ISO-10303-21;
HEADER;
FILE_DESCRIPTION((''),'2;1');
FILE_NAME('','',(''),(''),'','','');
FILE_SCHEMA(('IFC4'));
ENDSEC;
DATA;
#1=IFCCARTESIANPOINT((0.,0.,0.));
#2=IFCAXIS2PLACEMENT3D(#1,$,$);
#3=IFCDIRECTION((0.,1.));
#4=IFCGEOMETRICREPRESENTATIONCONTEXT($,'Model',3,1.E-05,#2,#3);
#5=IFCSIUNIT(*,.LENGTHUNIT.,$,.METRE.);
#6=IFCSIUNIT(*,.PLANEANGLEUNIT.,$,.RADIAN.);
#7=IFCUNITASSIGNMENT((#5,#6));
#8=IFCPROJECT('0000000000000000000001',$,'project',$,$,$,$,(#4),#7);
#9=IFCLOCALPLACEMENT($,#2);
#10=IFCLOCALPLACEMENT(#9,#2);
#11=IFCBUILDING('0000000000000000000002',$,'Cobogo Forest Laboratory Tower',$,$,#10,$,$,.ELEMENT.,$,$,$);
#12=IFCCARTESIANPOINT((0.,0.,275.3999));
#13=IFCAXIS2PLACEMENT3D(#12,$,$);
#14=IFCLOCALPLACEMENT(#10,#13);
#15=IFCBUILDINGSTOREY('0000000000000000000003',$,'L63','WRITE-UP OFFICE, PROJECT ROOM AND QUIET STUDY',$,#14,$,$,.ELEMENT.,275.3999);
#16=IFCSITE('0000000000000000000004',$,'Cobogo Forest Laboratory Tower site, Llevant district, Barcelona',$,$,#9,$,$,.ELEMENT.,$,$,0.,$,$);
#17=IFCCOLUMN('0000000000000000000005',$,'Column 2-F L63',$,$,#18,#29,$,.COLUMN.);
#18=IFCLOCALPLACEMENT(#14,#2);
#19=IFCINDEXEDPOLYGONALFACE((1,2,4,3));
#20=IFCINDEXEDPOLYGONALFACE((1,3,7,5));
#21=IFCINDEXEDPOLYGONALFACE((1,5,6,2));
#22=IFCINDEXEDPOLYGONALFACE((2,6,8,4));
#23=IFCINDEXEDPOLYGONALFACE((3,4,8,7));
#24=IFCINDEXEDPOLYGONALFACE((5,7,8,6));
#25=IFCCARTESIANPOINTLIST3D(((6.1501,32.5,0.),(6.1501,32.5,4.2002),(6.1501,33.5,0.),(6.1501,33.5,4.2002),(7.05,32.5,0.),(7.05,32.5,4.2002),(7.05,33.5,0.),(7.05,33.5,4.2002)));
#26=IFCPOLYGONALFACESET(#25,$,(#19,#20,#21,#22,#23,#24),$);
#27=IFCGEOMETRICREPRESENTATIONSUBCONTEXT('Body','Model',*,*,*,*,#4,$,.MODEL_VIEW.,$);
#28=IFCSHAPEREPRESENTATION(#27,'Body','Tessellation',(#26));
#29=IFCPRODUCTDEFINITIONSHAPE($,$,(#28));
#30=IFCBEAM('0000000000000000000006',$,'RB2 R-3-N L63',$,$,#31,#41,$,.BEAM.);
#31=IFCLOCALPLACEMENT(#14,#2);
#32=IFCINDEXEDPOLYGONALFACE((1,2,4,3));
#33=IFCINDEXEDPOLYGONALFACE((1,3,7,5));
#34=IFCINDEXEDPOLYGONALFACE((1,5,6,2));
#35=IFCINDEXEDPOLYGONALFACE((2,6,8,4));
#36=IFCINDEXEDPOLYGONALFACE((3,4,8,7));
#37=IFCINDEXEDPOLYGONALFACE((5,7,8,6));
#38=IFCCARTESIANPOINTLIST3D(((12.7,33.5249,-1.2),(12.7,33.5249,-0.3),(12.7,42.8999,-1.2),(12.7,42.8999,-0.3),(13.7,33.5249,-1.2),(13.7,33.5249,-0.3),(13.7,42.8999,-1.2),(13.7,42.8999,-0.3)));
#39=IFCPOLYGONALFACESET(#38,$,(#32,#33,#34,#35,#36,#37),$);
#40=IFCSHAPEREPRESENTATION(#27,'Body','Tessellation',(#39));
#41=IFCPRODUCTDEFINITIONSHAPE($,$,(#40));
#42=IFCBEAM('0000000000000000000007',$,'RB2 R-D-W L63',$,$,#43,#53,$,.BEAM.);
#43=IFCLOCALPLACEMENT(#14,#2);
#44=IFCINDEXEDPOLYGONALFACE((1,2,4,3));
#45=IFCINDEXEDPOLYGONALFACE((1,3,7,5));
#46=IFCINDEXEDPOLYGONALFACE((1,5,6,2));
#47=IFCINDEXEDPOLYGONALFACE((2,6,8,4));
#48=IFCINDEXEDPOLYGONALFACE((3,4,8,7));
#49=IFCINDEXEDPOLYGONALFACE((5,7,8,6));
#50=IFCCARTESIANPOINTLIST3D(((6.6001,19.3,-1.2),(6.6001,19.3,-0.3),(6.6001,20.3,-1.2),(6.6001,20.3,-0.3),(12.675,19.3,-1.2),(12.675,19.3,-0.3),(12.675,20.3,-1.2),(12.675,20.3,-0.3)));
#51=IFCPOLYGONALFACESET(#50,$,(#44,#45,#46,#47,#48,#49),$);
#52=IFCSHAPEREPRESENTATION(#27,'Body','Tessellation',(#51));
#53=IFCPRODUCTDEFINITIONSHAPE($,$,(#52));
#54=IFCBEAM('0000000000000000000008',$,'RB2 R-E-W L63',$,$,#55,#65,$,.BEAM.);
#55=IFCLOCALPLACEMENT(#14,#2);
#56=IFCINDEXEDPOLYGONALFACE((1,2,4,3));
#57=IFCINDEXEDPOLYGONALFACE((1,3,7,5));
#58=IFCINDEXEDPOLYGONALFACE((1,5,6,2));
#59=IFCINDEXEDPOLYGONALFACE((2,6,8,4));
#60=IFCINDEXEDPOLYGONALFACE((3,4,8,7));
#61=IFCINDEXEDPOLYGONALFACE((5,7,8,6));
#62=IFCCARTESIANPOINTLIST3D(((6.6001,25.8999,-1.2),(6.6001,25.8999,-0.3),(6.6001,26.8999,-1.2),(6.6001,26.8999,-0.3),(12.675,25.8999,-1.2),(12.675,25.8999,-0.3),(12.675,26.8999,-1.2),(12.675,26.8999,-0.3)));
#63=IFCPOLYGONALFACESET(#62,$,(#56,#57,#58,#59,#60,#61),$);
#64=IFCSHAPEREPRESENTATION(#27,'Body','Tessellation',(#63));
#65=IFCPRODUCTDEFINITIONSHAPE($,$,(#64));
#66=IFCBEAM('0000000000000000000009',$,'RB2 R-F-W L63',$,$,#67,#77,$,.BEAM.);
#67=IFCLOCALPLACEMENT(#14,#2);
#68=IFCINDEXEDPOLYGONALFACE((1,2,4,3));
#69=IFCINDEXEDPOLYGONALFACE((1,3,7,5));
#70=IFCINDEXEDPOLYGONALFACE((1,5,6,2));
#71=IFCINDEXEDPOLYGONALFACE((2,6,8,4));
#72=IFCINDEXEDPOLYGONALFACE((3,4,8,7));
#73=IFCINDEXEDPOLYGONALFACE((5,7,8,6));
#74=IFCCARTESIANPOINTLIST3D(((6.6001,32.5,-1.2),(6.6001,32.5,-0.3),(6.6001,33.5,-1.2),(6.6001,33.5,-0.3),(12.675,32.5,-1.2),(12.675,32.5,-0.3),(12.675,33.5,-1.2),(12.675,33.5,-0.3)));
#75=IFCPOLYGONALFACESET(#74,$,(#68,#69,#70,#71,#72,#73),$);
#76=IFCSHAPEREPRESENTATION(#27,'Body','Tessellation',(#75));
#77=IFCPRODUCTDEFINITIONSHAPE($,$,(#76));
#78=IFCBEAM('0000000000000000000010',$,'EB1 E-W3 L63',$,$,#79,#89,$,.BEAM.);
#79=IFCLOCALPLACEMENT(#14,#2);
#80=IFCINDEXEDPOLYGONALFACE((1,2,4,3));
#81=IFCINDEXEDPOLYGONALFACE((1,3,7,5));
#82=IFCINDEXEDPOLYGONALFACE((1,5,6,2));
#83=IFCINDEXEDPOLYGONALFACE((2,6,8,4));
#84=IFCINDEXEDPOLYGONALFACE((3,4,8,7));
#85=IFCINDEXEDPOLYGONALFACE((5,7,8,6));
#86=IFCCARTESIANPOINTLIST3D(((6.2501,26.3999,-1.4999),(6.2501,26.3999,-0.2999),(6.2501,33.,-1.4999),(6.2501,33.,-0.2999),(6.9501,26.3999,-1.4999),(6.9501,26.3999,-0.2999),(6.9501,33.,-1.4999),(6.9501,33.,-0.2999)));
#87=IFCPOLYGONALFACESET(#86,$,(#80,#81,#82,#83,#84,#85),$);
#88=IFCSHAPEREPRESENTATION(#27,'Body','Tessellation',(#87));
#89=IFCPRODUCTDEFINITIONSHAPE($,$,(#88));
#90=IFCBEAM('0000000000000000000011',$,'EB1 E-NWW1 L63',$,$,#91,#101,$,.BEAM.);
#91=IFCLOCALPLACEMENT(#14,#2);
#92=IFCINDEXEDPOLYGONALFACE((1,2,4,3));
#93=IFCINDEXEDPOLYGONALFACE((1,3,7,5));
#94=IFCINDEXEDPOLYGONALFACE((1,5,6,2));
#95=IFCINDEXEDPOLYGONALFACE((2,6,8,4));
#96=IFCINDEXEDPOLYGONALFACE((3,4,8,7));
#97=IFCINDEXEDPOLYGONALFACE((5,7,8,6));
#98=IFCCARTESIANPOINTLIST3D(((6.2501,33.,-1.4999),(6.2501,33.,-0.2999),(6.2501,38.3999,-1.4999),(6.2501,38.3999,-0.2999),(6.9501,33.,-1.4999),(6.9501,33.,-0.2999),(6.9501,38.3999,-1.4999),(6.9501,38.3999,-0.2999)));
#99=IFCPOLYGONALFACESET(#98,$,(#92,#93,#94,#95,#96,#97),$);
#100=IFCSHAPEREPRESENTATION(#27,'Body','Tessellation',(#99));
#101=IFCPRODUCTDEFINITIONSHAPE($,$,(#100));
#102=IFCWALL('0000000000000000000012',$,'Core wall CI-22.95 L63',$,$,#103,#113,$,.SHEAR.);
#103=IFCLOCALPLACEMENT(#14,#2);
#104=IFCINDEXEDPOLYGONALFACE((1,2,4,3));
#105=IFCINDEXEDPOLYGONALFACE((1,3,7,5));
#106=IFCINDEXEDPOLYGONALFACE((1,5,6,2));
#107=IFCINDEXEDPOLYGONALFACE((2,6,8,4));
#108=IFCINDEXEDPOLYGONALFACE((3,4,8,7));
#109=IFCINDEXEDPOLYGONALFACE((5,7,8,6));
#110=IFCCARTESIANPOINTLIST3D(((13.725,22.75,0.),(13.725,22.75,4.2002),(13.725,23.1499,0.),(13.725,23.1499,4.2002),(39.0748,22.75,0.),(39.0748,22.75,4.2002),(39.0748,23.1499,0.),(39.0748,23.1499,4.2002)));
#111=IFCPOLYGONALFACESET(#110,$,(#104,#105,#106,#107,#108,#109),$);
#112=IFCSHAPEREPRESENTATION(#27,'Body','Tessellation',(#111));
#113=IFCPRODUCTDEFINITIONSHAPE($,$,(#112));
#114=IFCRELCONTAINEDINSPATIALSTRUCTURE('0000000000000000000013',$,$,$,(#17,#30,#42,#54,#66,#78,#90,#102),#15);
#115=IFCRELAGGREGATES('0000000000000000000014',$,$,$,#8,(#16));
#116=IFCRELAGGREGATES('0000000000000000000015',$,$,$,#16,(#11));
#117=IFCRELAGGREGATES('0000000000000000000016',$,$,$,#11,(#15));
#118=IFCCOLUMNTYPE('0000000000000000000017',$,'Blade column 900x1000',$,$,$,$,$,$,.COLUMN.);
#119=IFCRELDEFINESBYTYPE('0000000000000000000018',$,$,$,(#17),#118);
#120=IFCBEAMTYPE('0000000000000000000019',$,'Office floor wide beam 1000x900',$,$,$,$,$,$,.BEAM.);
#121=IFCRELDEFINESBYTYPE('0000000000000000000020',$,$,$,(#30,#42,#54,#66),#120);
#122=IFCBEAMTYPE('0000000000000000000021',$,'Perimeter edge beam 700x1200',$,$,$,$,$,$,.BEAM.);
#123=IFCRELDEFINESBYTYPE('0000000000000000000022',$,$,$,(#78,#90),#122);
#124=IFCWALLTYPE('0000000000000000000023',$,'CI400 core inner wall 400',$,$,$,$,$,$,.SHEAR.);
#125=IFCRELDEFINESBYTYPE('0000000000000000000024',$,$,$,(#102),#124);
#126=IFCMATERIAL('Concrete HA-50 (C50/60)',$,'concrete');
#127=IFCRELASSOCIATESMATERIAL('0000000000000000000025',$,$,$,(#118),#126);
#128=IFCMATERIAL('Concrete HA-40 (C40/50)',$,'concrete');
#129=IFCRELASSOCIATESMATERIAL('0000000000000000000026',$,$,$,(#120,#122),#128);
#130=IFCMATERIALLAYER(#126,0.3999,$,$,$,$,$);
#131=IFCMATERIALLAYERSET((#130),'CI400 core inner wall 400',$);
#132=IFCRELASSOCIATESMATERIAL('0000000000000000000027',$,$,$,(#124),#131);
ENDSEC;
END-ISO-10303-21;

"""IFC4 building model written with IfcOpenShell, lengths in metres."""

from ifc_helpers import new_model, si_unit, direction, frame, frame_2d, origin, origin_2d, place, context, subcontext, project, spatial, rectangle, extrude, material, layer, layer_set, material_profile, profile_set, type_object, element, save


model = new_model("IFC4")

# Units and contexts
model_context = context("Model", 3, precision=1e-05, world=origin(), true_north=direction((0.0, 1.0)))
body_context = subcontext(model_context, "Body", "Model", "MODEL_VIEW")
ifc_project = project(units=[si_unit("LENGTHUNIT", "METRE"), si_unit("PLANEANGLEUNIT", "RADIAN")], contexts=[model_context])

# Site, building, storey
site_placement = place(None, origin())
site = spatial("IfcSite", under=ifc_project, at=site_placement, Name="Cobogo Forest Laboratory Tower site, Llevant district, Barcelona", CompositionType="ELEMENT", RefElevation=0.0)
building_placement = place(site_placement, origin())
building = spatial("IfcBuilding", under=site, at=building_placement, Name="Cobogo Forest Laboratory Tower", CompositionType="ELEMENT")
storey_placement = place(building_placement, frame((0.0, 0.0, 275.3999)))
storey = spatial("IfcBuildingStorey", under=building, at=storey_placement, Name="L63", Description="WRITE-UP OFFICE, PROJECT ROOM AND QUIET STUDY", CompositionType="ELEMENT", Elevation=275.3999)

# Column
ifc_material_1 = material(Name="Concrete HA-50 (C50/60)", Category="concrete")
ifc_material_profile_1 = material_profile(ifc_material_1, rectangle(XDim=1.0, YDim=0.8999, at=origin_2d()), Name="RC 900x1000")
ifc_profile_set_1 = profile_set([ifc_material_profile_1], Name="Concrete HA-50 (C50/60)")
column_type = type_object("IfcColumnType", Name="Blade column 900x1000", PredefinedType="COLUMN", material=ifc_profile_set_1)
column_placement = place(storey_placement, frame((6.6001, 33.0, 0.0), z_axis=(0.0, 0.0, 1.0), x_axis=(0.0, 1.0, 0.0)))
element("IfcColumn", 1, at=column_placement, inside=storey, type_object=column_type, Name="Column 2-F L63", PredefinedType="COLUMN", context=body_context, shape_type="SweptSolid", body=[
    extrude(rectangle(XDim=1.0, YDim=0.8999, at=origin_2d()), origin(), (0.0, 0.0, 1.0), 4.2002),
])

# Beams
ifc_material_2 = material(Name="Concrete HA-40 (C40/50)", Category="concrete")
ifc_material_profile_2 = material_profile(ifc_material_2, rectangle(XDim=1.0, YDim=0.8999, at=origin_2d()), Name="RC 1000x900")
ifc_profile_set_2 = profile_set([ifc_material_profile_2], Name="Concrete HA-40 (C40/50)")
beam_type_1 = type_object("IfcBeamType", Name="Office floor wide beam 1000x900", PredefinedType="BEAM", material=ifc_profile_set_2)
beam_1_placement = place(storey_placement, frame((13.2, 33.5249, -0.75), z_axis=(0.0, 1.0, 0.0), x_axis=(-1.0, 0.0, 0.0)))
element("IfcBeam", 2, at=beam_1_placement, inside=storey, type_object=beam_type_1, Name="RB2 R-3-N L63", PredefinedType="BEAM", context=body_context, shape_type="SweptSolid", body=[
    extrude(rectangle(XDim=1.0, YDim=0.8999, at=origin_2d()), origin(), (0.0, 0.0, 1.0), 9.375),
])
for number, where, z_axis, x_axis, name in (
    (3, (12.675, 19.8, -0.75), (-1.0, 0.0, 0.0), (0.0, -1.0, 0.0), "RB2 R-D-W L63"),
    (4, (12.675, 26.3999, -0.75), (-1.0, 0.0, 0.0), (0.0, -1.0, 0.0), "RB2 R-E-W L63"),
    (5, (12.675, 33.0, -0.75), (-1.0, 0.0, 0.0), (0.0, -1.0, 0.0), "RB2 R-F-W L63"),
):
    element("IfcBeam", number, at=place(storey_placement, frame(where, z_axis=z_axis, x_axis=x_axis)), inside=storey, type_object=beam_type_1, Name=name, PredefinedType="BEAM", context=body_context, shape_type="SweptSolid", body=[
        extrude(rectangle(XDim=1.0, YDim=0.8999, at=origin_2d()), origin(), (0.0, 0.0, 1.0), 6.075),
    ])
ifc_material_profile_3 = material_profile(ifc_material_2, rectangle(XDim=0.7, YDim=1.2, at=origin_2d()), Name="RC 700x1200")
ifc_profile_set_3 = profile_set([ifc_material_profile_3], Name="Concrete HA-40 (C40/50)")
beam_type_2 = type_object("IfcBeamType", Name="Perimeter edge beam 700x1200", PredefinedType="BEAM", material=ifc_profile_set_3)
beam_2_placement = place(storey_placement, frame((6.6001, 26.3999, -0.8999), z_axis=(0.0, 1.0, 0.0), x_axis=(-1.0, 0.0, 0.0)))
element("IfcBeam", 6, at=beam_2_placement, inside=storey, type_object=beam_type_2, Name="EB1 E-W3 L63", PredefinedType="BEAM", context=body_context, shape_type="SweptSolid", body=[
    extrude(rectangle(XDim=0.7, YDim=1.2, at=origin_2d()), origin(), (0.0, 0.0, 1.0), 6.6001),
])
beam_3_placement = place(storey_placement, frame((6.6001, 33.0, -0.8999), z_axis=(0.0, 1.0, 0.0), x_axis=(-1.0, 0.0, 0.0)))
element("IfcBeam", 7, at=beam_3_placement, inside=storey, type_object=beam_type_2, Name="EB1 E-NWW1 L63", PredefinedType="BEAM", context=body_context, shape_type="SweptSolid", body=[
    extrude(rectangle(XDim=0.7, YDim=1.2, at=origin_2d()), origin(), (0.0, 0.0, 1.0), 5.3999),
])

# Wall
ifc_layer_1 = layer(ifc_material_1, 0.3999)
ifc_layer_set_1 = layer_set([ifc_layer_1], Name="CI400 core inner wall 400")
wall_type_1 = type_object("IfcWallType", Name="CI400 core inner wall 400", PredefinedType="SHEAR", material=ifc_layer_set_1)
wall_1_placement = place(storey_placement, frame((13.7251, 22.95, 0.0), z_axis=(0.0, 0.0, 1.0), x_axis=(1.0, 0.0, 0.0)))
element("IfcWall", 8, at=wall_1_placement, inside=storey, type_object=wall_type_1, Name="Core wall CI-22.95 L63", PredefinedType="SHEAR", context=body_context, shape_type="SweptSolid", body=[
    extrude(rectangle(XDim=25.3499, YDim=0.3999, at=frame_2d((12.6748, 0.0))), origin(), (0.0, 0.0, 1.0), 4.2002),
])

save(model, "model.ifc")
